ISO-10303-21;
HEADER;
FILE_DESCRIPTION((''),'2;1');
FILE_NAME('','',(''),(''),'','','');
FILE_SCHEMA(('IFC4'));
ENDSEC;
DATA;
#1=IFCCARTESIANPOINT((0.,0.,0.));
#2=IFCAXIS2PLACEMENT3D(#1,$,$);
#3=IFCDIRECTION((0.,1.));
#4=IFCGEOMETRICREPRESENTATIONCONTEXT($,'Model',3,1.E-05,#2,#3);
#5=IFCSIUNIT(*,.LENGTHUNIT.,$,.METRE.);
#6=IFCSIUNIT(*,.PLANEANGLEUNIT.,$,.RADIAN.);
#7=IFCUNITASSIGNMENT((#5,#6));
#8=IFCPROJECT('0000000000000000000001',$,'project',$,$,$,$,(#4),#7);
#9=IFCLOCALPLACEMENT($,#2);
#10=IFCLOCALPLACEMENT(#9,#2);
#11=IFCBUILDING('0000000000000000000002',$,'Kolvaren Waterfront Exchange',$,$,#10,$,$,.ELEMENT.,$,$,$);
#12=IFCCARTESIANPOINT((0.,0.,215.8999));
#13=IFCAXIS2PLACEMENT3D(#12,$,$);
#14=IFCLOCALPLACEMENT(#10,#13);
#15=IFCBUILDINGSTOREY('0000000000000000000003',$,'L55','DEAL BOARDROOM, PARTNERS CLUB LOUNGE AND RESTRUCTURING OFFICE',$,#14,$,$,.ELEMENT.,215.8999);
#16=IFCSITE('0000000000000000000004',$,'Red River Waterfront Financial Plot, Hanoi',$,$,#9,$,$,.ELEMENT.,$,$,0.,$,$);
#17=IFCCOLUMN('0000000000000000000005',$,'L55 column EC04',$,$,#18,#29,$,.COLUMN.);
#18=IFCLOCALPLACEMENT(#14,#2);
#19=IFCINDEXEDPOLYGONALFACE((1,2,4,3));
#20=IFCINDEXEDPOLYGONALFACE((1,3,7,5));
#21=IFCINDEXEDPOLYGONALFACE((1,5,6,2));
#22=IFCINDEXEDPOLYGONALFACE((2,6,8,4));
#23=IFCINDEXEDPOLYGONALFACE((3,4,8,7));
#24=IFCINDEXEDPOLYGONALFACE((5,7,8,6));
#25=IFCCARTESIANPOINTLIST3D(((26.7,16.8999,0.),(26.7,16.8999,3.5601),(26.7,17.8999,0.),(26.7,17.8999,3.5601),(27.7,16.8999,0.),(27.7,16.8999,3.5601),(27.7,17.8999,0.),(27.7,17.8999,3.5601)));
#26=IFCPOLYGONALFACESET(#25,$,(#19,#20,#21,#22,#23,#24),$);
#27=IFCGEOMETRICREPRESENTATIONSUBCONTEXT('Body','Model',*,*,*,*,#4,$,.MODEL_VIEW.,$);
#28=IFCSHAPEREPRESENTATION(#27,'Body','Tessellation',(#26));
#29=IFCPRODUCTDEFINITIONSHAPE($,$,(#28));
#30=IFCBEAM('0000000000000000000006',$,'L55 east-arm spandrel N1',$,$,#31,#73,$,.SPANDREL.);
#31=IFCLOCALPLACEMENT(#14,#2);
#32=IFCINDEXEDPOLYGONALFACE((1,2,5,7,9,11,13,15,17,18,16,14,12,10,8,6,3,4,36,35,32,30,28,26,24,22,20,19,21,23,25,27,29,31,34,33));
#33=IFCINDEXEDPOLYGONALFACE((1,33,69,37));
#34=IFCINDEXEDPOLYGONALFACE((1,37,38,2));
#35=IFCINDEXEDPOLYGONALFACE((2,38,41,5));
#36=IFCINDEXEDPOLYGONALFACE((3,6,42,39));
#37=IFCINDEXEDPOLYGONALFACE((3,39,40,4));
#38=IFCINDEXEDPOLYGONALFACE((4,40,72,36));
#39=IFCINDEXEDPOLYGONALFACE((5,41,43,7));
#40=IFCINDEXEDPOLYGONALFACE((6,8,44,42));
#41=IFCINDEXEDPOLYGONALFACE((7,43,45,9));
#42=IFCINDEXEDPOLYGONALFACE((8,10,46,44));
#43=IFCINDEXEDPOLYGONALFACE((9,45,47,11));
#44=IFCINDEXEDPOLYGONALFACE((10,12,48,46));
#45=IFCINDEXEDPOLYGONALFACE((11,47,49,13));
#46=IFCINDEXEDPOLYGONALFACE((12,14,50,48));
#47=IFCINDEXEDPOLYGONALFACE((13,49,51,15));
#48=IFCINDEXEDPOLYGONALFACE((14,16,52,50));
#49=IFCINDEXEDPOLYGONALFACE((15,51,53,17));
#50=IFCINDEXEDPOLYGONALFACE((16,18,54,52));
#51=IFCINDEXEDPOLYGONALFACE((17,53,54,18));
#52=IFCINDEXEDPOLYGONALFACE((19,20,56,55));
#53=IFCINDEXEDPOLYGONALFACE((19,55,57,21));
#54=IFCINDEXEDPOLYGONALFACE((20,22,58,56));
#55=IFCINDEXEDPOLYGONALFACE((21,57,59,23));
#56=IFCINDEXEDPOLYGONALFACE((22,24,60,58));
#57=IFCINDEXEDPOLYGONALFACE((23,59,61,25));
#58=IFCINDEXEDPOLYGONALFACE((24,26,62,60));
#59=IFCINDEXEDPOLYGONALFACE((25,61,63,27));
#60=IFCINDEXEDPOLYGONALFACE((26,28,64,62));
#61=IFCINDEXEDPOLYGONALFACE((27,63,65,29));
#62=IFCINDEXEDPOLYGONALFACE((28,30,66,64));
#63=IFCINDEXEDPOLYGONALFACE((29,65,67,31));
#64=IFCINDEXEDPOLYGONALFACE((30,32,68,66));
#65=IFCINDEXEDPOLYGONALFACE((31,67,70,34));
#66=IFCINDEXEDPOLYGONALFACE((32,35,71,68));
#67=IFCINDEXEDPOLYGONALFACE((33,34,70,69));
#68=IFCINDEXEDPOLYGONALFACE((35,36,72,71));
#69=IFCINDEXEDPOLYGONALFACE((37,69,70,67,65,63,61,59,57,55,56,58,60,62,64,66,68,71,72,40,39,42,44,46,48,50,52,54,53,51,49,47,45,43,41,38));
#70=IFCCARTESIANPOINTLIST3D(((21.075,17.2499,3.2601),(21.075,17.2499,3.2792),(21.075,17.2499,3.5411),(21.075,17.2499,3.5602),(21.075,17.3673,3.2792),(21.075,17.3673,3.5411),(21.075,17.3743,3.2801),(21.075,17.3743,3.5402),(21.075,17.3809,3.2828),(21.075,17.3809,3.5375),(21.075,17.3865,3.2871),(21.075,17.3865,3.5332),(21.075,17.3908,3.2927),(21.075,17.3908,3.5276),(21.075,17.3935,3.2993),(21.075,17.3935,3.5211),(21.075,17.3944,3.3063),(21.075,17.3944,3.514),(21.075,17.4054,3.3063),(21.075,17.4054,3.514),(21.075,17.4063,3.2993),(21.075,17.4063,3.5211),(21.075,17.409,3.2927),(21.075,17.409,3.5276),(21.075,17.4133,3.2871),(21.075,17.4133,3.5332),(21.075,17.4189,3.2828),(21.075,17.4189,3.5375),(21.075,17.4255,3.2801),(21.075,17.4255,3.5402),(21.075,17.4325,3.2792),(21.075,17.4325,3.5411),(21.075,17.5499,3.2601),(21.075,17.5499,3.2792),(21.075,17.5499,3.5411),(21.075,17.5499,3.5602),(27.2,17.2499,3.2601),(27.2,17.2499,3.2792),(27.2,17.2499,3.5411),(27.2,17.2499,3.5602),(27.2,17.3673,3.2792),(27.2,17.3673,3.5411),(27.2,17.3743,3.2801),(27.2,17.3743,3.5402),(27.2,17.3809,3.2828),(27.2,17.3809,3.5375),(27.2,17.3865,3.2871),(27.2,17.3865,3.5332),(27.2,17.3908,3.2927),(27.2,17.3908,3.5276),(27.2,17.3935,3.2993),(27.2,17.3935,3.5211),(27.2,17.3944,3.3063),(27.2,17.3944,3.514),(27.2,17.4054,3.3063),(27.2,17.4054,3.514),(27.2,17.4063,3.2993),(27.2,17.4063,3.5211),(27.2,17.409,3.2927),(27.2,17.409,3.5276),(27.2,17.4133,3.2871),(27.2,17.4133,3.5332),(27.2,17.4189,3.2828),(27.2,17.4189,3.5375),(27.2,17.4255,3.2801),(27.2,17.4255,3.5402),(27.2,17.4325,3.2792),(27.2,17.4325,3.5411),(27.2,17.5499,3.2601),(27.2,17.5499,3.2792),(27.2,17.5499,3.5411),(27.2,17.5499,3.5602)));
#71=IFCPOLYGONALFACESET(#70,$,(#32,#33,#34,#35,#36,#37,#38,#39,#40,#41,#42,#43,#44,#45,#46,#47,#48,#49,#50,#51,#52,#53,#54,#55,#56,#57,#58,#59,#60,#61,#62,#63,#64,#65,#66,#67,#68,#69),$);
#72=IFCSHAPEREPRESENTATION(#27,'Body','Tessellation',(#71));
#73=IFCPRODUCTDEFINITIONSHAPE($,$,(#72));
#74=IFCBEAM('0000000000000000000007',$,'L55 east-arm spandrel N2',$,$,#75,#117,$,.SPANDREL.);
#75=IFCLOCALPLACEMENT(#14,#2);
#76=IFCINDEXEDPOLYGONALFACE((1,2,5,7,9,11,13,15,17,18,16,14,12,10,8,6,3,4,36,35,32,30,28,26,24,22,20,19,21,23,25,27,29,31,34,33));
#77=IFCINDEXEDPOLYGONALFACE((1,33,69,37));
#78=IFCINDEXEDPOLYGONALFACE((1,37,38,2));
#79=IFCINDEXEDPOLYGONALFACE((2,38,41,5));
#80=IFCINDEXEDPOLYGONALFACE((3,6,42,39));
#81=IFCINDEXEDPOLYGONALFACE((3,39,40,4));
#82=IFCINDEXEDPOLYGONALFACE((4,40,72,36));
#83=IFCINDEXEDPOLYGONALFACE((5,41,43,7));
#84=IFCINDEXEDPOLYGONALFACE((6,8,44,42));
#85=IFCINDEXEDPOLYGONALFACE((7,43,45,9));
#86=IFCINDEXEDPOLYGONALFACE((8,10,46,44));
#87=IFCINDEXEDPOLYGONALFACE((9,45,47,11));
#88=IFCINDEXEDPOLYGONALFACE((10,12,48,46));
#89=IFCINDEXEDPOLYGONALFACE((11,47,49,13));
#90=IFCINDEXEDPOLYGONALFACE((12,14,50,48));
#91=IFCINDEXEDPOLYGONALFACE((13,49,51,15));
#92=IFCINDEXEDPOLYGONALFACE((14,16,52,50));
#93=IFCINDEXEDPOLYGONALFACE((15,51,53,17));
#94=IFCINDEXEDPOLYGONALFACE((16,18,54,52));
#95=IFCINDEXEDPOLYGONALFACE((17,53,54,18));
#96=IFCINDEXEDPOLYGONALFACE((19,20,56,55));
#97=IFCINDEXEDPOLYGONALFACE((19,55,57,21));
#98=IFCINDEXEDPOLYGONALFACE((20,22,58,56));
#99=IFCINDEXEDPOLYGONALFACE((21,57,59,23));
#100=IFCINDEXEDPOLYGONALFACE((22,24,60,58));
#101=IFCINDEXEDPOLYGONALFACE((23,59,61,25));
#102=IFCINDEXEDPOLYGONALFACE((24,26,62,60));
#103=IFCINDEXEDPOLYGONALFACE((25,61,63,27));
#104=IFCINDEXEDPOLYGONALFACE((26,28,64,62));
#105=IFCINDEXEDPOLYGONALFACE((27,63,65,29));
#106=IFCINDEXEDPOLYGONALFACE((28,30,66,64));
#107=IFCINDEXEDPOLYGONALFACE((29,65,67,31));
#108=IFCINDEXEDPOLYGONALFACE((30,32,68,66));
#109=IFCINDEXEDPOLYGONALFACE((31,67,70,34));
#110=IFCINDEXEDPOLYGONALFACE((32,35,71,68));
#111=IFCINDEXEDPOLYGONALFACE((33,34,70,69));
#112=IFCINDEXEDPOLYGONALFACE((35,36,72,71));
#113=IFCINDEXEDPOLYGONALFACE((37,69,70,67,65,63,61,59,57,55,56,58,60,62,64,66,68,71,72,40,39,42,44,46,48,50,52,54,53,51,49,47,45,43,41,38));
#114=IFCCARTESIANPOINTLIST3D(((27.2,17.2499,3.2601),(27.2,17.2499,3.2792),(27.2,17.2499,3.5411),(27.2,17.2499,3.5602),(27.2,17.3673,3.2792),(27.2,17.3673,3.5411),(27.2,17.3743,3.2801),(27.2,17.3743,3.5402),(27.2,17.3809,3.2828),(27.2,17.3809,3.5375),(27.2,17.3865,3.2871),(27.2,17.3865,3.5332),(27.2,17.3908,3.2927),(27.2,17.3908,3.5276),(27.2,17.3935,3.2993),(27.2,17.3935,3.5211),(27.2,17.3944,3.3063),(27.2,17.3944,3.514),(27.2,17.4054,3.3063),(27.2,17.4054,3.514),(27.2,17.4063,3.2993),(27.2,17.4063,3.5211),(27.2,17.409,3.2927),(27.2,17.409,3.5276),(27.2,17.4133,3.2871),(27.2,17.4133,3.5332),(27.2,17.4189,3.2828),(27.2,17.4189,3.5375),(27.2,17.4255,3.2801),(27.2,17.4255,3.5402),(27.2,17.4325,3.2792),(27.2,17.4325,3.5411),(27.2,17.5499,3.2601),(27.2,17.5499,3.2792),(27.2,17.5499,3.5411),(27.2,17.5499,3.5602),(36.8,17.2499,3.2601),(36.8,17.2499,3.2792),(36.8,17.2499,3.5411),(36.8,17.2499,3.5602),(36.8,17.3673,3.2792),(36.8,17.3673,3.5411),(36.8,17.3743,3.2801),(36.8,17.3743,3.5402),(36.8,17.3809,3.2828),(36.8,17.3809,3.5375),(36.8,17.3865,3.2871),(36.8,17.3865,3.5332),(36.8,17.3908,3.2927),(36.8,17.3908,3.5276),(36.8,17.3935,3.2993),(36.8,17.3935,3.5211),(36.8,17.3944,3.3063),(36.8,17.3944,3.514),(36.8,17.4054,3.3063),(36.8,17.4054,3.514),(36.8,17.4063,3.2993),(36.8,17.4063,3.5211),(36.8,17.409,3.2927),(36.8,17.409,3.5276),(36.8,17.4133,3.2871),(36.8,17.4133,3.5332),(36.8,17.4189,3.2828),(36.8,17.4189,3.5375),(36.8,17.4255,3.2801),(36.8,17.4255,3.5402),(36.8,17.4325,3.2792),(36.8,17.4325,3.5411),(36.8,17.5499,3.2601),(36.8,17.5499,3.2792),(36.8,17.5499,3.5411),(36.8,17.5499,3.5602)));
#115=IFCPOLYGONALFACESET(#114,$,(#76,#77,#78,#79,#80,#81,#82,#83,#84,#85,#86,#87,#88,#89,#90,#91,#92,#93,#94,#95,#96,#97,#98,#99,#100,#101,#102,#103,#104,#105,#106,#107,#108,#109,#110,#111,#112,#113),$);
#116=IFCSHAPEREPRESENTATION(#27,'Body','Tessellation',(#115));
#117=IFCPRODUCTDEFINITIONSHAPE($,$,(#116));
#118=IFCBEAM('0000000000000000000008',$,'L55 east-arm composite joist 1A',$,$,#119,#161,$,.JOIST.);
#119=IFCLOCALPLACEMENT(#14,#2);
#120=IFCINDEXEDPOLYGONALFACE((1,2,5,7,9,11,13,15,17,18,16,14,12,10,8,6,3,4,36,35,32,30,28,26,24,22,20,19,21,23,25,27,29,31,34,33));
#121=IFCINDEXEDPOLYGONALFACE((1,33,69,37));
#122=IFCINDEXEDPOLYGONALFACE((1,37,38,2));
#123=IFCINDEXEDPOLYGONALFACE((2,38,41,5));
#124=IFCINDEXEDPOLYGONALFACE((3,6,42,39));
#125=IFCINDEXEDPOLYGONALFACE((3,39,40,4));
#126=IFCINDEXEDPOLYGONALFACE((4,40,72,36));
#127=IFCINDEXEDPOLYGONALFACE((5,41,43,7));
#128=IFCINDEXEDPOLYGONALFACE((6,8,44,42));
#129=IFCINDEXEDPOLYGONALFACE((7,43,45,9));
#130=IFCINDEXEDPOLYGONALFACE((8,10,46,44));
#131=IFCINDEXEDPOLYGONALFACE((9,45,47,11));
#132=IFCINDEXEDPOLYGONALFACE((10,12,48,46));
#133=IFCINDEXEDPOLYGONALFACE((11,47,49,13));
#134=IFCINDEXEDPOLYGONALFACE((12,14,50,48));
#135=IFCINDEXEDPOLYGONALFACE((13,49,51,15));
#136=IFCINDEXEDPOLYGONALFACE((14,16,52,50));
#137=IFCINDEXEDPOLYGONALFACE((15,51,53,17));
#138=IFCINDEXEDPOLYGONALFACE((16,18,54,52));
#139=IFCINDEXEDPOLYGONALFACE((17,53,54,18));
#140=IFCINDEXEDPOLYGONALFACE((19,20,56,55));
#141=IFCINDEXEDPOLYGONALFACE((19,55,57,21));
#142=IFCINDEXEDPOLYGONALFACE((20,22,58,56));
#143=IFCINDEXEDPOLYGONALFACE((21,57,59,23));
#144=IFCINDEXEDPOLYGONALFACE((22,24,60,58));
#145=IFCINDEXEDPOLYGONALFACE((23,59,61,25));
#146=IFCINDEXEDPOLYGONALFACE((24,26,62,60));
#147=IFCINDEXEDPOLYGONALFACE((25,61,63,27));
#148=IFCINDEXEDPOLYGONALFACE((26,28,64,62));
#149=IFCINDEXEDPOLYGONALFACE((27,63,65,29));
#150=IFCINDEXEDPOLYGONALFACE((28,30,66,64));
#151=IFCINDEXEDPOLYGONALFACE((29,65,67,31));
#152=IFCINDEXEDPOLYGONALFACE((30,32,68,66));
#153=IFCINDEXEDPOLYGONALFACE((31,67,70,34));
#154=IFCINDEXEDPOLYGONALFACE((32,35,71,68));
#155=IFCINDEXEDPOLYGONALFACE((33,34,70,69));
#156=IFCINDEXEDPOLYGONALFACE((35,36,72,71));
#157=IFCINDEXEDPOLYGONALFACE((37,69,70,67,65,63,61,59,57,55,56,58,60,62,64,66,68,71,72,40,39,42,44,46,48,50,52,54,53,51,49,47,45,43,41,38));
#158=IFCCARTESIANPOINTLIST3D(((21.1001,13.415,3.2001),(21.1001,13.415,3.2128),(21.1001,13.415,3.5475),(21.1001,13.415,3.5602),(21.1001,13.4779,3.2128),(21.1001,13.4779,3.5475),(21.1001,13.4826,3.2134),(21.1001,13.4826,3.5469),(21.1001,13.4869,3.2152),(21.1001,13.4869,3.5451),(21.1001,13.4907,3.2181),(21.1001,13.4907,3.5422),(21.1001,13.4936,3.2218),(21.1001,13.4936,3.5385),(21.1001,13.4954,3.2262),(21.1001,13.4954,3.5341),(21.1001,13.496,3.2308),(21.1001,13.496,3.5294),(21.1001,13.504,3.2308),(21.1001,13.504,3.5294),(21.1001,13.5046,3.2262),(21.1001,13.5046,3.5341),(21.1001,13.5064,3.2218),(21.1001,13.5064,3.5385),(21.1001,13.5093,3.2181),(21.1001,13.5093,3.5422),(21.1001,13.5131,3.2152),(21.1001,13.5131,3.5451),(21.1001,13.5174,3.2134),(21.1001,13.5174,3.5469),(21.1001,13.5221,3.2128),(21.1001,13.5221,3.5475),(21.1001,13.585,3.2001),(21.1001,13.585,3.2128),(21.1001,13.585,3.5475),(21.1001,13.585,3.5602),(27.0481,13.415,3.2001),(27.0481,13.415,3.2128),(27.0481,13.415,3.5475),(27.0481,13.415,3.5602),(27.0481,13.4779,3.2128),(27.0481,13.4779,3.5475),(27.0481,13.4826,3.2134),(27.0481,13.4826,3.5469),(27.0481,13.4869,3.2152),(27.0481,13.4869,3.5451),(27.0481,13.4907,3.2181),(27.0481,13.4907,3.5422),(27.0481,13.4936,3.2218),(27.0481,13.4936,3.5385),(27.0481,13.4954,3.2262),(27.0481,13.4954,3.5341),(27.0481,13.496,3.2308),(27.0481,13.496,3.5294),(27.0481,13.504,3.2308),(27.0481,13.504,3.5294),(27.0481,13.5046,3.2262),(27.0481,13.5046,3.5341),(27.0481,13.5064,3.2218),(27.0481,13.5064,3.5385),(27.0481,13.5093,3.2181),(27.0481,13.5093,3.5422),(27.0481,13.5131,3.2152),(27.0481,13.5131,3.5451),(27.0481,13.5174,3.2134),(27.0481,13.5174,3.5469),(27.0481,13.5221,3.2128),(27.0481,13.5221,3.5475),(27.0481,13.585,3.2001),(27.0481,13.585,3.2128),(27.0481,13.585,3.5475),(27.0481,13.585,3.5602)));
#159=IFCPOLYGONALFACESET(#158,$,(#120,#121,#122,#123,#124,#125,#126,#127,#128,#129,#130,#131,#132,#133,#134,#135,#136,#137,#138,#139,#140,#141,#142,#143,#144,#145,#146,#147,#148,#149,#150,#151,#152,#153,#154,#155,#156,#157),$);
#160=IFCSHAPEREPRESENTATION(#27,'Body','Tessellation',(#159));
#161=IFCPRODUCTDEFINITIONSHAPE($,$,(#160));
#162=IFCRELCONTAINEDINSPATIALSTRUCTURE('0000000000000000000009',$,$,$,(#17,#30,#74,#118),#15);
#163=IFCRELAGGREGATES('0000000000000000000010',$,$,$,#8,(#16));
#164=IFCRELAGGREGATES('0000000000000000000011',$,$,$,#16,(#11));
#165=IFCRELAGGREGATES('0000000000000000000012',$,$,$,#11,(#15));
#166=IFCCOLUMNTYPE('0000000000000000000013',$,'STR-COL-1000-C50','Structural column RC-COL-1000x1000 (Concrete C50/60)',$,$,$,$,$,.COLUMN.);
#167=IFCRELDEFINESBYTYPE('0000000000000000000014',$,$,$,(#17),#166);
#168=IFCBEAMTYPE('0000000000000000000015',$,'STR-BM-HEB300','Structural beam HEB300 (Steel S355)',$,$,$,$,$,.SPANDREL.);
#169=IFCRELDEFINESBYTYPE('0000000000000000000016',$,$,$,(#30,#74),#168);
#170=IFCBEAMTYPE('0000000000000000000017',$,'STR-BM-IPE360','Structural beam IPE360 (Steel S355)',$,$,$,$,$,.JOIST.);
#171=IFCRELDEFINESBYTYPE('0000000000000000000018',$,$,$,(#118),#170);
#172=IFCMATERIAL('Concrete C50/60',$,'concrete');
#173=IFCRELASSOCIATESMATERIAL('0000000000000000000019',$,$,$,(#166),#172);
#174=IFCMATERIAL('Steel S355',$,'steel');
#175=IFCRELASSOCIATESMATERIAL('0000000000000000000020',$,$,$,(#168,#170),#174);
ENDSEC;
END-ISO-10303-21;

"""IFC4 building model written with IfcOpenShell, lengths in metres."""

from ifc_helpers import new_model, si_unit, direction, frame, origin, origin_2d, place, context, subcontext, project, spatial, rectangle, i_section, extrude, material, material_profile, profile_set, type_object, element, save


model = new_model("IFC4")

# Units and contexts
model_context = context("Model", 3, precision=1e-05, world=origin(), true_north=direction((0.0, 1.0)))
body_context = subcontext(model_context, "Body", "Model", "MODEL_VIEW")
ifc_project = project(units=[si_unit("LENGTHUNIT", "METRE"), si_unit("PLANEANGLEUNIT", "RADIAN")], contexts=[model_context])

# Site, building, storey
site_placement = place(None, origin())
site = spatial("IfcSite", under=ifc_project, at=site_placement, Name="Red River Waterfront Financial Plot, Hanoi", CompositionType="ELEMENT", RefElevation=0.0)
building_placement = place(site_placement, origin())
building = spatial("IfcBuilding", under=site, at=building_placement, Name="Kolvaren Waterfront Exchange", CompositionType="ELEMENT")
storey_placement = place(building_placement, frame((0.0, 0.0, 215.8999)))
storey = spatial("IfcBuildingStorey", under=building, at=storey_placement, Name="L55", Description="DEAL BOARDROOM, PARTNERS CLUB LOUNGE AND RESTRUCTURING OFFICE", CompositionType="ELEMENT", Elevation=215.8999)

# Column
ifc_material_1 = material(Name="Concrete C50/60", Category="concrete")
ifc_material_profile_1 = material_profile(ifc_material_1, rectangle(XDim=1.0, YDim=1.0, at=origin_2d()), Name="RC-COL-1000x1000")
ifc_profile_set_1 = profile_set([ifc_material_profile_1], Name="Concrete C50/60")
column_type = type_object("IfcColumnType", Name="STR-COL-1000-C50", Description="Structural column RC-COL-1000x1000 (Concrete C50/60)", PredefinedType="COLUMN", material=ifc_profile_set_1)
column_placement = place(storey_placement, frame((27.2, 17.3999, 0.0), z_axis=(0.0, 0.0, 1.0), x_axis=(1.0, 0.0, 0.0)))
element("IfcColumn", 1, at=column_placement, inside=storey, type_object=column_type, Name="L55 column EC04", PredefinedType="COLUMN", context=body_context, shape_type="SweptSolid", body=[
    extrude(rectangle(XDim=1.0, YDim=1.0, at=origin_2d()), origin(), (0.0, 0.0, 1.0), 3.5601),
])

# Beams
ifc_material_2 = material(Name="Steel S355", Category="steel")
ifc_material_profile_2 = material_profile(ifc_material_2, i_section(OverallWidth=0.3, OverallDepth=0.3, WebThickness=0.011, FlangeThickness=0.019, FilletRadius=0.0271, at=origin_2d()), Name="HEB300")
ifc_profile_set_2 = profile_set([ifc_material_profile_2], Name="Steel S355")
beam_type_1 = type_object("IfcBeamType", Name="STR-BM-HEB300", Description="Structural beam HEB300 (Steel S355)", PredefinedType="SPANDREL", material=ifc_profile_set_2)
beam_1_placement = place(storey_placement, frame((21.075, 17.3999, 3.4102), z_axis=(1.0, 0.0, 0.0), x_axis=(0.0, 1.0, 0.0)))
element("IfcBeam", 2, at=beam_1_placement, inside=storey, type_object=beam_type_1, Name="L55 east-arm spandrel N1", PredefinedType="SPANDREL", context=body_context, shape_type="SweptSolid", body=[
    extrude(i_section(OverallWidth=0.3, OverallDepth=0.3, WebThickness=0.011, FlangeThickness=0.019, FilletRadius=0.0271, at=origin_2d()), origin(), (0.0, 0.0, 1.0), 6.125),
])
beam_2_placement = place(storey_placement, frame((27.2, 17.3999, 3.4102), z_axis=(1.0, 0.0, 0.0), x_axis=(0.0, 1.0, 0.0)))
element("IfcBeam", 3, at=beam_2_placement, inside=storey, type_object=beam_type_1, Name="L55 east-arm spandrel N2", PredefinedType="SPANDREL", context=body_context, shape_type="SweptSolid", body=[
    extrude(i_section(OverallWidth=0.3, OverallDepth=0.3, WebThickness=0.011, FlangeThickness=0.019, FilletRadius=0.0271, at=origin_2d()), origin(), (0.0, 0.0, 1.0), 9.6001),
])
ifc_material_profile_3 = material_profile(ifc_material_2, i_section(OverallWidth=0.1699, OverallDepth=0.3601, WebThickness=0.0081, FlangeThickness=0.0127, FilletRadius=0.0181, at=origin_2d()), Name="IPE360")
ifc_profile_set_3 = profile_set([ifc_material_profile_3], Name="Steel S355")
beam_type_2 = type_object("IfcBeamType", Name="STR-BM-IPE360", Description="Structural beam IPE360 (Steel S355)", PredefinedType="JOIST", material=ifc_profile_set_3)
for number, where, z_axis, x_axis, name in (
    (4, (21.1001, 13.5, 3.3801), (1.0, 0.0, 0.0), (0.0, 1.0, 0.0), "L55 east-arm composite joist 1A"),
):
    element("IfcBeam", number, at=place(storey_placement, frame(where, z_axis=z_axis, x_axis=x_axis)), inside=storey, type_object=beam_type_2, Name=name, PredefinedType="JOIST", context=body_context, shape_type="SweptSolid", body=[
        extrude(i_section(OverallWidth=0.1699, OverallDepth=0.3601, WebThickness=0.0081, FlangeThickness=0.0127, FilletRadius=0.0181, at=origin_2d()), origin(), (0.0, 0.0, 1.0), 5.948),
    ])

save(model, "model.ifc")
